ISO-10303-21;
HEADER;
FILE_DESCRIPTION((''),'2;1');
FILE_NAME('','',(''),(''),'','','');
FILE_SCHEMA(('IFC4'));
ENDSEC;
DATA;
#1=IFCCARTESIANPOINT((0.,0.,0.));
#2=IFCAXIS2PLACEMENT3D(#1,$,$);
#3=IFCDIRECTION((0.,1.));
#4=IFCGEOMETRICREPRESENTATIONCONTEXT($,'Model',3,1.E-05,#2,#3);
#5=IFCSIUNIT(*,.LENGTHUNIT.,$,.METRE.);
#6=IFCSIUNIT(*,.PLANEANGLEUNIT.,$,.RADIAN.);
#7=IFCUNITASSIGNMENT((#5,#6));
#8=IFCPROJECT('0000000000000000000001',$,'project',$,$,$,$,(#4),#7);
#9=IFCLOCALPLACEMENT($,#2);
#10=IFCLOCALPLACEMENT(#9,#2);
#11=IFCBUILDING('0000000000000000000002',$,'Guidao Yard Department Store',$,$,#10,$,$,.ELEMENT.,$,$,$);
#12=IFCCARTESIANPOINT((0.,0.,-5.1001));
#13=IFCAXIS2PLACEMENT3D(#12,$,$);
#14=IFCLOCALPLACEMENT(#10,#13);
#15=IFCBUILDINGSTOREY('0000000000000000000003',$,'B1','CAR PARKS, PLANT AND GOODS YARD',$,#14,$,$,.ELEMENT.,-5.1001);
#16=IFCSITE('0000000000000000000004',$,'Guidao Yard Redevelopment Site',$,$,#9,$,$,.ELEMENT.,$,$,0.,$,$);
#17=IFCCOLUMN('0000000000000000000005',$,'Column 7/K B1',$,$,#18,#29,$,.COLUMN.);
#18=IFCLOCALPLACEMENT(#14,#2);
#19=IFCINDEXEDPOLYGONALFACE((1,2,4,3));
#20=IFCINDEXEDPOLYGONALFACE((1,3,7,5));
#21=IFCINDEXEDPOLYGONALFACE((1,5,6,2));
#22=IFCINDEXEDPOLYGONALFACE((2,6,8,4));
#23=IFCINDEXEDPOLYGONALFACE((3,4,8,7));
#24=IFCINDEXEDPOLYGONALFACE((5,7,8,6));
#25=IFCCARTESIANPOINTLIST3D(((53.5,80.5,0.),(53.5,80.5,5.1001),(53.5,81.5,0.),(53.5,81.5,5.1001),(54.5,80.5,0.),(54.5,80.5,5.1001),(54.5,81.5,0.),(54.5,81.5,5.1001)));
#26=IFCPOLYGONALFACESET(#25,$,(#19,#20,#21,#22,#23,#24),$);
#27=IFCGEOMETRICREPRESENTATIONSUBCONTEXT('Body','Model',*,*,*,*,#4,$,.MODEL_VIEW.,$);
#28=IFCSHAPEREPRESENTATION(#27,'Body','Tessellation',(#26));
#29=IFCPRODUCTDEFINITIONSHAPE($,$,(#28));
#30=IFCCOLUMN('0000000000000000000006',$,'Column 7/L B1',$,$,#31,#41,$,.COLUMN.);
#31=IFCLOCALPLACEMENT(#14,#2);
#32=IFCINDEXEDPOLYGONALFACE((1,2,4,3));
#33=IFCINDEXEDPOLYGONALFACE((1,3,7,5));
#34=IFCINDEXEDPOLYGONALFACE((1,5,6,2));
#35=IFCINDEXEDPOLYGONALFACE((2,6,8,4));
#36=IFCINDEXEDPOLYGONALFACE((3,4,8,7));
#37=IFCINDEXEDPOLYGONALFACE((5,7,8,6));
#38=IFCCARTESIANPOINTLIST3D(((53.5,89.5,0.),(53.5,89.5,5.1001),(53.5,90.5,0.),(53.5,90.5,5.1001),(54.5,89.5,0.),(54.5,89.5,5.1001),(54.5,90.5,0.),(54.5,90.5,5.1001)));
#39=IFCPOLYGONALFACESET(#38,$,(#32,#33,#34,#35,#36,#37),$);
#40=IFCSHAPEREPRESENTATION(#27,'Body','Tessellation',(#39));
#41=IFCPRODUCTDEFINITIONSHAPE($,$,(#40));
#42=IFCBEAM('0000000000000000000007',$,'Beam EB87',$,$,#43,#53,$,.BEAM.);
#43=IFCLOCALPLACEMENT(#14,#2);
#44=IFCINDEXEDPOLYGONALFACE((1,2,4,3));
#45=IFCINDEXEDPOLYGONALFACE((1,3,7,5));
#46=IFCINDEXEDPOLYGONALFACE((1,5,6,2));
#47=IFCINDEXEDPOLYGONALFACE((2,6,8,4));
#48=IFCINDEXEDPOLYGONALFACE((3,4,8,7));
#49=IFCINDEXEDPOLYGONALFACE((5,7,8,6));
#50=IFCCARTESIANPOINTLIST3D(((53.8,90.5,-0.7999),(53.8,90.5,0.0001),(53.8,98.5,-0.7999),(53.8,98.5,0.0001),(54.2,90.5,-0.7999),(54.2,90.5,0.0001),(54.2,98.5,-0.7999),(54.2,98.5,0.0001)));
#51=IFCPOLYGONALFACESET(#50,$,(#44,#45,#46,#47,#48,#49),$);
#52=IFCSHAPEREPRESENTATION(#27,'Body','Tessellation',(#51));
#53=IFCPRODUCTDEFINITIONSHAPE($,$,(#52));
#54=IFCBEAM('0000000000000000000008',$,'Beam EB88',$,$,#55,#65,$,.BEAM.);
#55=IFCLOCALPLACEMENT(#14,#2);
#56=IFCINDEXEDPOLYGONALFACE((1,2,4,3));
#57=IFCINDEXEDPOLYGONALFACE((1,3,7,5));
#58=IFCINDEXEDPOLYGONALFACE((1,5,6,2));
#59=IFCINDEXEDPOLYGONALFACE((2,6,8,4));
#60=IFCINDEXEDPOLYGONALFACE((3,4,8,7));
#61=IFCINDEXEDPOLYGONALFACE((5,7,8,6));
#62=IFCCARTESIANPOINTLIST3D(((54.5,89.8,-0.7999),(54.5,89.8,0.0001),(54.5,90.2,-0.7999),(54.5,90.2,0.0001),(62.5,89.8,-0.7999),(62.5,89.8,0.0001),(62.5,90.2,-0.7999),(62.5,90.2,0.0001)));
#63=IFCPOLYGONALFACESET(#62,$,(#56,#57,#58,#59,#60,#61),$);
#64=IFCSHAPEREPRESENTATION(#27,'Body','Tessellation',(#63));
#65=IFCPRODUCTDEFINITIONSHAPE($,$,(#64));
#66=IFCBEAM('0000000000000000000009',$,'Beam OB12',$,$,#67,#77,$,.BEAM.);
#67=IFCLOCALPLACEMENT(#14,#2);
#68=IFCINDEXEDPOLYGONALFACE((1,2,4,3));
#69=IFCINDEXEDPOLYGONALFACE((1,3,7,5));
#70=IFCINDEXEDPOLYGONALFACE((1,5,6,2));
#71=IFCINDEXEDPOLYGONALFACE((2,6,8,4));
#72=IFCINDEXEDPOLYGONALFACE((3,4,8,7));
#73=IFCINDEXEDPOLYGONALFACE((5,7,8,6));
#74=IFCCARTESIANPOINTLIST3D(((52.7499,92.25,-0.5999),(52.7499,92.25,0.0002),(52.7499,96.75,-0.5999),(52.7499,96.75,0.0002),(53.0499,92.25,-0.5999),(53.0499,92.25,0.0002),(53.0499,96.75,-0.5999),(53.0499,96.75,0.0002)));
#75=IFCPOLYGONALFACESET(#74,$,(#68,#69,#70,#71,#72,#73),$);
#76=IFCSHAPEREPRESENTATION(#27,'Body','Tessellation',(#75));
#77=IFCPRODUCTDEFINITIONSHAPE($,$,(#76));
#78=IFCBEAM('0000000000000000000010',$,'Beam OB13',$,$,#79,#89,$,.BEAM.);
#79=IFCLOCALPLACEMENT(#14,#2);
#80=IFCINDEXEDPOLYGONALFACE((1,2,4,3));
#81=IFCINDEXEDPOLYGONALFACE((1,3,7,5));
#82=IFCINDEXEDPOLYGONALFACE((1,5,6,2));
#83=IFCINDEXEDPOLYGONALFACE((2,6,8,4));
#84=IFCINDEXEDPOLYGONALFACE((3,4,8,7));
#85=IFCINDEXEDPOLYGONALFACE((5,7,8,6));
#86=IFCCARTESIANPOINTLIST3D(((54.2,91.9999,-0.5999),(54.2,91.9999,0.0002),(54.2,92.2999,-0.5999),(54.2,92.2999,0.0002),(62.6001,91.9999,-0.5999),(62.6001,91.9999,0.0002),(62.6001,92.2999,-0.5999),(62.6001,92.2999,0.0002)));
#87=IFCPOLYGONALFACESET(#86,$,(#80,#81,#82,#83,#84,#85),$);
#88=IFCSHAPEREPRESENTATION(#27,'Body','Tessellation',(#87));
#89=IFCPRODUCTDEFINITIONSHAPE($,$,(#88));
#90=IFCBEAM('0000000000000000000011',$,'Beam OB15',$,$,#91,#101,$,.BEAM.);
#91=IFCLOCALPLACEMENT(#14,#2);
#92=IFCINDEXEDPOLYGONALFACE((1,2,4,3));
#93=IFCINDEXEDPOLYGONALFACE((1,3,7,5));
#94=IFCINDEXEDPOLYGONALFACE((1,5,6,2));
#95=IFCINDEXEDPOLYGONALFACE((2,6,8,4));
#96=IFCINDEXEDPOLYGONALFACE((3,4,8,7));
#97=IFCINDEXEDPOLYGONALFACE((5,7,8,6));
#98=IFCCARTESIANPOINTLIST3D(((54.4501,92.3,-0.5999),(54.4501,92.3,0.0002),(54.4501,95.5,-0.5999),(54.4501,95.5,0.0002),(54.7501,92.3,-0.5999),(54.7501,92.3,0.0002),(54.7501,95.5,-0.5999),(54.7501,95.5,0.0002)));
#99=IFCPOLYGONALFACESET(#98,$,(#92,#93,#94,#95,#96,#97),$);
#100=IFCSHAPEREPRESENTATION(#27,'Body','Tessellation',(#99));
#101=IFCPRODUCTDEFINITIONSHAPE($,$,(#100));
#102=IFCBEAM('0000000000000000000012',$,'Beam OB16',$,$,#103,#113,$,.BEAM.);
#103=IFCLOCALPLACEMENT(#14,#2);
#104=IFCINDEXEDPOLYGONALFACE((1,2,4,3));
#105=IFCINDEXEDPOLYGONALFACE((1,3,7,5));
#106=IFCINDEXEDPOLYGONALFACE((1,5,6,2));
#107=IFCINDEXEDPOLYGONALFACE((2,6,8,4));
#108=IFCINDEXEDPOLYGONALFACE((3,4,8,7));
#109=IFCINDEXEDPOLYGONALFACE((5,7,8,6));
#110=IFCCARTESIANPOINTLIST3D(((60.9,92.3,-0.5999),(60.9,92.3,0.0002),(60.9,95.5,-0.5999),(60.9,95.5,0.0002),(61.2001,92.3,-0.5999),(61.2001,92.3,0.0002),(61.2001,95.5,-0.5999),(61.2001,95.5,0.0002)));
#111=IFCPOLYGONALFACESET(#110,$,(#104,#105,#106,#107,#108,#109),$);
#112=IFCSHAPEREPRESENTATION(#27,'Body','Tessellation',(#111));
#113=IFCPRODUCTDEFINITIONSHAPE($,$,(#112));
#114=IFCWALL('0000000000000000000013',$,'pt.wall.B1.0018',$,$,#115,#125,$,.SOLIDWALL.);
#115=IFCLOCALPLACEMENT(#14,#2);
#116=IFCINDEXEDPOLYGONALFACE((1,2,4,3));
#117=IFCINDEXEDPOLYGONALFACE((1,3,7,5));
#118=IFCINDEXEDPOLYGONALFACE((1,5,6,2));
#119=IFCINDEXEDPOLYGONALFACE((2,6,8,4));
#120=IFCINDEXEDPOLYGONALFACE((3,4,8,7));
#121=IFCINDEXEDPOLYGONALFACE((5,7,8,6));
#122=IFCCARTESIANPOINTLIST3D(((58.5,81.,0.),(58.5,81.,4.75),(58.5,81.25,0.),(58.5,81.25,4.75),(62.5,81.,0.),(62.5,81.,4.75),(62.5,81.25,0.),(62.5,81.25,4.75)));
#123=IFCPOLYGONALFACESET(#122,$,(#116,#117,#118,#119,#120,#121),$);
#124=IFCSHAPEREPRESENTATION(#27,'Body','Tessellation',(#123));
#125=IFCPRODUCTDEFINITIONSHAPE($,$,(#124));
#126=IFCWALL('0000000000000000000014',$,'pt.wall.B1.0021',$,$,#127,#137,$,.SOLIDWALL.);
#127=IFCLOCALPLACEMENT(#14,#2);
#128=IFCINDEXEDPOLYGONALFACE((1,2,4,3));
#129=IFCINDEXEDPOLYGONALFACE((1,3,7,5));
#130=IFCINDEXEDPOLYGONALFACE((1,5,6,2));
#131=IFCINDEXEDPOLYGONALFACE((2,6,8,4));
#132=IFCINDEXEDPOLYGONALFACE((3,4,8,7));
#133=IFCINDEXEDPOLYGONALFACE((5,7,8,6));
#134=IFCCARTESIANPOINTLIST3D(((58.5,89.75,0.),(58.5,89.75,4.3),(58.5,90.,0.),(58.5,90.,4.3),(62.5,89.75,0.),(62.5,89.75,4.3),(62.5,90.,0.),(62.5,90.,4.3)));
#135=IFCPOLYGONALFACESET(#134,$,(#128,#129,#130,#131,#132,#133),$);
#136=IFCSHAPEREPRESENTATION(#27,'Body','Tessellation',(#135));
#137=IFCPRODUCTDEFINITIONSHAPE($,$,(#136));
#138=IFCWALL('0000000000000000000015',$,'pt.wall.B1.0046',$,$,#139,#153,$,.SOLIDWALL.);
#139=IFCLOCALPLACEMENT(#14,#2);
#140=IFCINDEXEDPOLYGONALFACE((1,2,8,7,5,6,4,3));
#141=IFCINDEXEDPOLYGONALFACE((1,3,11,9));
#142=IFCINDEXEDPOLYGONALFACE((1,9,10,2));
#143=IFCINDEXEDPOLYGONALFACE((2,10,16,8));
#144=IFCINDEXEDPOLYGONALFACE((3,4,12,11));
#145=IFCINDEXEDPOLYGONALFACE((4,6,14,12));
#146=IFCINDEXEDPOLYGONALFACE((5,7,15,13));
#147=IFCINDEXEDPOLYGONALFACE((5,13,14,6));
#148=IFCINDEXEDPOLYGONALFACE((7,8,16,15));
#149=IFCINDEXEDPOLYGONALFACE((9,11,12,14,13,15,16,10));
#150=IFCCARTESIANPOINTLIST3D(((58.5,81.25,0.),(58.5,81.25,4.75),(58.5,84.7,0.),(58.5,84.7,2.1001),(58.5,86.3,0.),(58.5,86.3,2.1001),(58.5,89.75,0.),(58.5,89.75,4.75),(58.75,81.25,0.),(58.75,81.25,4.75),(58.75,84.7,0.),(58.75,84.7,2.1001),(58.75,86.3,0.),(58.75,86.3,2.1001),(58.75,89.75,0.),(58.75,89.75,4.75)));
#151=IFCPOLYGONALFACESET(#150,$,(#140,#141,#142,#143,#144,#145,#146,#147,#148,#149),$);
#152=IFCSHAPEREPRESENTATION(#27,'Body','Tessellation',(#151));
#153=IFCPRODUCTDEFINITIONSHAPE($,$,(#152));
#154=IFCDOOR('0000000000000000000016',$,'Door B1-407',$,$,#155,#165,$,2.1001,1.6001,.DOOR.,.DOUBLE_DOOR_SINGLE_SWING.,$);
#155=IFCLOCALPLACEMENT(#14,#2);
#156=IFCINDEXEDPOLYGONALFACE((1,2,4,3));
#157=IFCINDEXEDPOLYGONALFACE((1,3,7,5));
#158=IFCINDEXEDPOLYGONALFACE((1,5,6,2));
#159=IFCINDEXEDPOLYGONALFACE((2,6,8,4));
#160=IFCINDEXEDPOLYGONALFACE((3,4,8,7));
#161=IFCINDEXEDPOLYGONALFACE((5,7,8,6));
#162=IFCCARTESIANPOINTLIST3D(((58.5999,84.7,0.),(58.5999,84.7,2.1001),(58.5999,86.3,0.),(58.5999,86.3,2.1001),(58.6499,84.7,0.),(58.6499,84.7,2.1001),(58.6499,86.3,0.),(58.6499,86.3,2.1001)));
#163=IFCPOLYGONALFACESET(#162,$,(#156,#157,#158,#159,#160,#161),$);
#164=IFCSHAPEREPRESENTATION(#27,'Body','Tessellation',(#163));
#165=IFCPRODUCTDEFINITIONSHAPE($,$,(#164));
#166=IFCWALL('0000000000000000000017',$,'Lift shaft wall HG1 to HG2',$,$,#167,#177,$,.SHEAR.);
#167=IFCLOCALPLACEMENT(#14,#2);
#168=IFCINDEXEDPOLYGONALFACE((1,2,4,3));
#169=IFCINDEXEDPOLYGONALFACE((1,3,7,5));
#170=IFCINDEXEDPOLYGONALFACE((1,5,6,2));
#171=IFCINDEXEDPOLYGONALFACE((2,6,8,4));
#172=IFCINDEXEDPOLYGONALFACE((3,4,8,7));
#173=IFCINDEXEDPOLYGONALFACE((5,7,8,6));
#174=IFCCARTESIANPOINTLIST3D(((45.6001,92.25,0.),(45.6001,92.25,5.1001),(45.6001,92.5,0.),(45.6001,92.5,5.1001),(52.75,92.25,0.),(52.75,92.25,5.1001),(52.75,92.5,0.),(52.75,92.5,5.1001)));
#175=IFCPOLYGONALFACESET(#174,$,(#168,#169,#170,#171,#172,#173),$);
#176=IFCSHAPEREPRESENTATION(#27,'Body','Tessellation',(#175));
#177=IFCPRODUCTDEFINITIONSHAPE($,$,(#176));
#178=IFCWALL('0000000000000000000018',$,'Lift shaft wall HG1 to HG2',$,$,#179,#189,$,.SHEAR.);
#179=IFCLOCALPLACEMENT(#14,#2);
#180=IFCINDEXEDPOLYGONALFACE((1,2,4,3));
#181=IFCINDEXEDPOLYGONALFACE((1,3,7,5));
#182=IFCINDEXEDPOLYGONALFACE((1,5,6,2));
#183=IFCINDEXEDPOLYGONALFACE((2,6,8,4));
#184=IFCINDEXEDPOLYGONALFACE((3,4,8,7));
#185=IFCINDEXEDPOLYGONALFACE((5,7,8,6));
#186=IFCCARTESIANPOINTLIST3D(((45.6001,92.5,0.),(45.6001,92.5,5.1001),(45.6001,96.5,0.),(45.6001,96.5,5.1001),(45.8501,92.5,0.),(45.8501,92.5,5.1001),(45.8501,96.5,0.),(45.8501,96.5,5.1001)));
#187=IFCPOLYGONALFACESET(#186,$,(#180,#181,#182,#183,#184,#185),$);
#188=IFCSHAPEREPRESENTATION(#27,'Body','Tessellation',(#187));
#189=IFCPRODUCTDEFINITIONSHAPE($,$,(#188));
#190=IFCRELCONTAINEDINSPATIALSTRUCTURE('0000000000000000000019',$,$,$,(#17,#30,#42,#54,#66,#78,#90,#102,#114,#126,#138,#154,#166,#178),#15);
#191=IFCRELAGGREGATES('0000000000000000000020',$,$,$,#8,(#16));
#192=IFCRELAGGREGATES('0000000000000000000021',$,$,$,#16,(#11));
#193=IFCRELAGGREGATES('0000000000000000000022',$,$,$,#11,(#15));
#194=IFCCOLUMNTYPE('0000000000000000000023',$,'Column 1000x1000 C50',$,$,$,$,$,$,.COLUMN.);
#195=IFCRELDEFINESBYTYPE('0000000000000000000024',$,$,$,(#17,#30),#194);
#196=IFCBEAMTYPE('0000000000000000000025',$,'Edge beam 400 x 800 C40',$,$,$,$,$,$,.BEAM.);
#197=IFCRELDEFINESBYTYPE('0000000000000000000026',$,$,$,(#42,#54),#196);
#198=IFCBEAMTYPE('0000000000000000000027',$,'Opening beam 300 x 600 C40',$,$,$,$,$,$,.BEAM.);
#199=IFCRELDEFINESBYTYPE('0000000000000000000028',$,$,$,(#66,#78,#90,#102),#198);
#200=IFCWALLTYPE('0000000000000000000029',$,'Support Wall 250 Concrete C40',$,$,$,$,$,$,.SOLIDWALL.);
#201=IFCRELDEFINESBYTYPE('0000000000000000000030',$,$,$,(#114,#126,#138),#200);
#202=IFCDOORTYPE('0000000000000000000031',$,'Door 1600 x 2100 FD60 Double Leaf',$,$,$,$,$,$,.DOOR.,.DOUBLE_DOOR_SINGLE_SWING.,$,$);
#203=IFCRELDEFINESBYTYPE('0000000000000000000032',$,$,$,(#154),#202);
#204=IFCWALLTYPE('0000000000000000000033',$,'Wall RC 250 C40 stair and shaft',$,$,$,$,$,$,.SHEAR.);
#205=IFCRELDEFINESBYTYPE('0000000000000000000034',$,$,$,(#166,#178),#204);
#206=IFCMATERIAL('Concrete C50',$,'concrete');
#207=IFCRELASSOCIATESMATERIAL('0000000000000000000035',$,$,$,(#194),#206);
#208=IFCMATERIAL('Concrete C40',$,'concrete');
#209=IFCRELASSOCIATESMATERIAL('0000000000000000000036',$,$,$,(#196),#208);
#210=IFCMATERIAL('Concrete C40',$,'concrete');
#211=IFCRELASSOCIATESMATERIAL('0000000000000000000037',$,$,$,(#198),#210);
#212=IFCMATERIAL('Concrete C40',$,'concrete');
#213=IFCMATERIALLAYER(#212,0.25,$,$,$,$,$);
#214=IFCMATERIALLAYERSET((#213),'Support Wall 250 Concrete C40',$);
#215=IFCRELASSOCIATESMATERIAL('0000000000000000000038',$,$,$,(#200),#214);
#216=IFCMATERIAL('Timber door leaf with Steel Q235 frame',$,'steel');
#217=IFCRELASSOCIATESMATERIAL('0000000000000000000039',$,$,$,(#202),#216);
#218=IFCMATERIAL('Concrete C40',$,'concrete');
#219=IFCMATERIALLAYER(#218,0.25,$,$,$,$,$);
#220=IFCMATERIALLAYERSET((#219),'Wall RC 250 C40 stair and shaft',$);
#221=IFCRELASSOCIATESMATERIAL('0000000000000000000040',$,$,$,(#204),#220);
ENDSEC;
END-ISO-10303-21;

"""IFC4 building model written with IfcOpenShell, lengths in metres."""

from ifc_helpers import new_model, si_unit, direction, frame, frame_2d, origin, origin_2d, place, context, subcontext, project, spatial, rectangle, extrude, material, layer, layer_set, material_profile, profile_set, type_object, element, fill, save


model = new_model("IFC4")

# Units and contexts
model_context = context("Model", 3, precision=1e-05, world=origin(), true_north=direction((0.0, 1.0)))
body_context = subcontext(model_context, "Body", "Model", "MODEL_VIEW")
ifc_project = project(units=[si_unit("LENGTHUNIT", "METRE"), si_unit("PLANEANGLEUNIT", "RADIAN")], contexts=[model_context])

# Site, building, storey
site_placement = place(None, origin())
site = spatial("IfcSite", under=ifc_project, at=site_placement, Name="Guidao Yard Redevelopment Site", CompositionType="ELEMENT", RefElevation=0.0)
building_placement = place(site_placement, origin())
building = spatial("IfcBuilding", under=site, at=building_placement, Name="Guidao Yard Department Store", CompositionType="ELEMENT")
storey_placement = place(building_placement, frame((0.0, 0.0, -5.1001)))
storey = spatial("IfcBuildingStorey", under=building, at=storey_placement, Name="B1", Description="CAR PARKS, PLANT AND GOODS YARD", CompositionType="ELEMENT", Elevation=-5.1001)

# Columns
ifc_material_1 = material(Name="Concrete C50", Category="concrete")
ifc_material_profile_1 = material_profile(ifc_material_1, rectangle(XDim=1.0, YDim=1.0, at=origin_2d()), Name="COL 1000x1000")
ifc_profile_set_1 = profile_set([ifc_material_profile_1], Name="Concrete C50")
column_type = type_object("IfcColumnType", Name="Column 1000x1000 C50", PredefinedType="COLUMN", material=ifc_profile_set_1)
for number, where, z_axis, x_axis, name in (
    (1, (54.0, 81.0, 0.0), (0.0, 0.0, 1.0), (1.0, 0.0, 0.0), "Column 7/K B1"),
    (2, (54.0, 90.0, 0.0), (0.0, 0.0, 1.0), (1.0, 0.0, 0.0), "Column 7/L B1"),
):
    element("IfcColumn", number, at=place(storey_placement, frame(where, z_axis=z_axis, x_axis=x_axis)), inside=storey, type_object=column_type, Name=name, PredefinedType="COLUMN", context=body_context, shape_type="SweptSolid", body=[
        extrude(rectangle(XDim=1.0, YDim=1.0, at=origin_2d()), origin(), (0.0, 0.0, 1.0), 5.1001),
    ])

# Beams
ifc_material_2 = material(Name="Concrete C40", Category="concrete")
ifc_material_profile_2 = material_profile(ifc_material_2, rectangle(XDim=0.3999, YDim=0.8, at=origin_2d()), Name="Edge beam 400 x 800 C40")
ifc_profile_set_2 = profile_set([ifc_material_profile_2], Name="Concrete C40")
beam_type_1 = type_object("IfcBeamType", Name="Edge beam 400 x 800 C40", PredefinedType="BEAM", material=ifc_profile_set_2)
for number, where, z_axis, x_axis, name in (
    (3, (54.0, 90.5, -0.3999), (0.0, 1.0, 0.0), (-1.0, 0.0, 0.0), "Beam EB87"),
    (4, (54.5, 90.0, -0.3999), (1.0, 0.0, 0.0), (0.0, 1.0, 0.0), "Beam EB88"),
):
    element("IfcBeam", number, at=place(storey_placement, frame(where, z_axis=z_axis, x_axis=x_axis)), inside=storey, type_object=beam_type_1, Name=name, PredefinedType="BEAM", context=body_context, shape_type="SweptSolid", body=[
        extrude(rectangle(XDim=0.3999, YDim=0.8, at=origin_2d()), origin(), (0.0, 0.0, 1.0), 8.0),
    ])
ifc_material_3 = material(Name="Concrete C40", Category="concrete")
ifc_material_profile_3 = material_profile(ifc_material_3, rectangle(XDim=0.3, YDim=0.6001, at=origin_2d()), Name="Opening beam 300 x 600 C40")
ifc_profile_set_3 = profile_set([ifc_material_profile_3], Name="Concrete C40")
beam_type_2 = type_object("IfcBeamType", Name="Opening beam 300 x 600 C40", PredefinedType="BEAM", material=ifc_profile_set_3)
beam_1_placement = place(storey_placement, frame((52.8999, 92.25, -0.2998), z_axis=(0.0, 1.0, 0.0), x_axis=(-1.0, 0.0, 0.0)))
element("IfcBeam", 5, at=beam_1_placement, inside=storey, type_object=beam_type_2, Name="Beam OB12", PredefinedType="BEAM", context=body_context, shape_type="SweptSolid", body=[
    extrude(rectangle(XDim=0.3, YDim=0.6001, at=origin_2d()), origin(), (0.0, 0.0, 1.0), 4.5),
])
beam_2_placement = place(storey_placement, frame((54.2, 92.1499, -0.2998), z_axis=(1.0, 0.0, 0.0), x_axis=(0.0, 1.0, 0.0)))
element("IfcBeam", 6, at=beam_2_placement, inside=storey, type_object=beam_type_2, Name="Beam OB13", PredefinedType="BEAM", context=body_context, shape_type="SweptSolid", body=[
    extrude(rectangle(XDim=0.3, YDim=0.6001, at=origin_2d()), origin(), (0.0, 0.0, 1.0), 8.4001),
])
for number, where, z_axis, x_axis, name in (
    (7, (54.6001, 92.3, -0.2998), (0.0, 1.0, 0.0), (-1.0, 0.0, 0.0), "Beam OB15"),
    (8, (61.05, 92.3, -0.2998), (0.0, 1.0, 0.0), (-1.0, 0.0, 0.0), "Beam OB16"),
):
    element("IfcBeam", number, at=place(storey_placement, frame(where, z_axis=z_axis, x_axis=x_axis)), inside=storey, type_object=beam_type_2, Name=name, PredefinedType="BEAM", context=body_context, shape_type="SweptSolid", body=[
        extrude(rectangle(XDim=0.3, YDim=0.6001, at=origin_2d()), origin(), (0.0, 0.0, 1.0), 3.2),
    ])

# Walls
ifc_material_4 = material(Name="Concrete C40", Category="concrete")
ifc_layer_1 = layer(ifc_material_4, 0.25)
ifc_layer_set_1 = layer_set([ifc_layer_1], Name="Support Wall 250 Concrete C40")
wall_type_1 = type_object("IfcWallType", Name="Support Wall 250 Concrete C40", PredefinedType="SOLIDWALL", material=ifc_layer_set_1)
wall_1_placement = place(storey_placement, frame((58.5, 81.125, 0.0), z_axis=(0.0, 0.0, 1.0), x_axis=(1.0, 0.0, 0.0)))
element("IfcWall", 9, at=wall_1_placement, inside=storey, type_object=wall_type_1, Name="pt.wall.B1.0018", PredefinedType="SOLIDWALL", context=body_context, shape_type="SweptSolid", body=[
    extrude(rectangle(XDim=4.0, YDim=0.25, at=frame_2d((2.0, 0.0))), origin(), (0.0, 0.0, 1.0), 4.75),
])
wall_2_placement = place(storey_placement, frame((58.5, 89.875, 0.0), z_axis=(0.0, 0.0, 1.0), x_axis=(1.0, 0.0, 0.0)))
element("IfcWall", 10, at=wall_2_placement, inside=storey, type_object=wall_type_1, Name="pt.wall.B1.0021", PredefinedType="SOLIDWALL", context=body_context, shape_type="SweptSolid", body=[
    extrude(rectangle(XDim=4.0, YDim=0.25, at=frame_2d((2.0, 0.0))), origin(), (0.0, 0.0, 1.0), 4.3),
])

# Wall, opening, door
wall_3_placement = place(storey_placement, frame((58.625, 81.25, 0.0), z_axis=(0.0, 0.0, 1.0), x_axis=(0.0, 1.0, 0.0)))
wall_3 = element("IfcWall", 11, at=wall_3_placement, inside=storey, type_object=wall_type_1, Name="pt.wall.B1.0046", PredefinedType="SOLIDWALL", context=body_context, shape_type="SweptSolid", body=[
    extrude(rectangle(XDim=8.5, YDim=0.25, at=frame_2d((4.25, 0.0))), origin(), (0.0, 0.0, 1.0), 4.75),
])
opening_placement = place(wall_3_placement, frame((5.05, 0.0, 0.0), z_axis=(0.0, 0.0, 1.0), x_axis=(-1.0, 0.0, 0.0)))
opening = element("IfcOpeningElement", 12, at=opening_placement, cuts=wall_3, PredefinedType="OPENING", context=body_context, shape_type="SweptSolid", body=[
    extrude(rectangle(XDim=1.6001, YDim=2.1001, at=frame_2d((0.8, 1.05))), frame((0.0, 0.135, 0.0), z_axis=(0.0, -1.0, 0.0), x_axis=(1.0, 0.0, 0.0)), (0.0, 0.0, 1.0), 0.27),
])
ifc_material_5 = material(Name="Timber door leaf with Steel Q235 frame", Category="steel")
door_type = type_object("IfcDoorType", Name="Door 1600 x 2100 FD60 Double Leaf", OperationType="DOUBLE_DOOR_SINGLE_SWING", PredefinedType="DOOR", material=ifc_material_5)
door_placement = place(opening_placement, origin())
door = element("IfcDoor", 13, at=door_placement, inside=storey, type_object=door_type, Name="Door B1-407", OperationType="DOUBLE_DOOR_SINGLE_SWING", OverallHeight=2.1001, OverallWidth=1.6001, PredefinedType="DOOR", context=body_context, shape_type="SweptSolid", body=[
    extrude(rectangle(XDim=1.6001, YDim=2.1001, at=frame_2d((0.8, 1.05))), frame((0.0, 0.0249, 0.0), z_axis=(0.0, -1.0, 0.0), x_axis=(1.0, 0.0, 0.0)), (0.0, 0.0, 1.0), 0.05),
])
fill(opening, door)

# Walls
ifc_material_6 = material(Name="Concrete C40", Category="concrete")
ifc_layer_2 = layer(ifc_material_6, 0.25)
ifc_layer_set_2 = layer_set([ifc_layer_2], Name="Wall RC 250 C40 stair and shaft")
wall_type_2 = type_object("IfcWallType", Name="Wall RC 250 C40 stair and shaft", PredefinedType="SHEAR", material=ifc_layer_set_2)
wall_4_placement = place(storey_placement, frame((45.6001, 92.375, 0.0), z_axis=(0.0, 0.0, 1.0), x_axis=(1.0, 0.0, 0.0)))
element("IfcWall", 14, at=wall_4_placement, inside=storey, type_object=wall_type_2, Name="Lift shaft wall HG1 to HG2", PredefinedType="SHEAR", context=body_context, shape_type="SweptSolid", body=[
    extrude(rectangle(XDim=7.1499, YDim=0.25, at=frame_2d((3.575, 0.0))), origin(), (0.0, 0.0, 1.0), 5.1001),
])
for number, where, z_axis, x_axis, name in (
    (15, (45.7251, 92.5, 0.0), (0.0, 0.0, 1.0), (0.0, 1.0, 0.0), "Lift shaft wall HG1 to HG2"),
):
    element("IfcWall", number, at=place(storey_placement, frame(where, z_axis=z_axis, x_axis=x_axis)), inside=storey, type_object=wall_type_2, Name=name, PredefinedType="SHEAR", context=body_context, shape_type="SweptSolid", body=[
        extrude(rectangle(XDim=4.0, YDim=0.25, at=frame_2d((2.0, 0.0))), origin(), (0.0, 0.0, 1.0), 5.1001),
    ])

save(model, "model.ifc")
